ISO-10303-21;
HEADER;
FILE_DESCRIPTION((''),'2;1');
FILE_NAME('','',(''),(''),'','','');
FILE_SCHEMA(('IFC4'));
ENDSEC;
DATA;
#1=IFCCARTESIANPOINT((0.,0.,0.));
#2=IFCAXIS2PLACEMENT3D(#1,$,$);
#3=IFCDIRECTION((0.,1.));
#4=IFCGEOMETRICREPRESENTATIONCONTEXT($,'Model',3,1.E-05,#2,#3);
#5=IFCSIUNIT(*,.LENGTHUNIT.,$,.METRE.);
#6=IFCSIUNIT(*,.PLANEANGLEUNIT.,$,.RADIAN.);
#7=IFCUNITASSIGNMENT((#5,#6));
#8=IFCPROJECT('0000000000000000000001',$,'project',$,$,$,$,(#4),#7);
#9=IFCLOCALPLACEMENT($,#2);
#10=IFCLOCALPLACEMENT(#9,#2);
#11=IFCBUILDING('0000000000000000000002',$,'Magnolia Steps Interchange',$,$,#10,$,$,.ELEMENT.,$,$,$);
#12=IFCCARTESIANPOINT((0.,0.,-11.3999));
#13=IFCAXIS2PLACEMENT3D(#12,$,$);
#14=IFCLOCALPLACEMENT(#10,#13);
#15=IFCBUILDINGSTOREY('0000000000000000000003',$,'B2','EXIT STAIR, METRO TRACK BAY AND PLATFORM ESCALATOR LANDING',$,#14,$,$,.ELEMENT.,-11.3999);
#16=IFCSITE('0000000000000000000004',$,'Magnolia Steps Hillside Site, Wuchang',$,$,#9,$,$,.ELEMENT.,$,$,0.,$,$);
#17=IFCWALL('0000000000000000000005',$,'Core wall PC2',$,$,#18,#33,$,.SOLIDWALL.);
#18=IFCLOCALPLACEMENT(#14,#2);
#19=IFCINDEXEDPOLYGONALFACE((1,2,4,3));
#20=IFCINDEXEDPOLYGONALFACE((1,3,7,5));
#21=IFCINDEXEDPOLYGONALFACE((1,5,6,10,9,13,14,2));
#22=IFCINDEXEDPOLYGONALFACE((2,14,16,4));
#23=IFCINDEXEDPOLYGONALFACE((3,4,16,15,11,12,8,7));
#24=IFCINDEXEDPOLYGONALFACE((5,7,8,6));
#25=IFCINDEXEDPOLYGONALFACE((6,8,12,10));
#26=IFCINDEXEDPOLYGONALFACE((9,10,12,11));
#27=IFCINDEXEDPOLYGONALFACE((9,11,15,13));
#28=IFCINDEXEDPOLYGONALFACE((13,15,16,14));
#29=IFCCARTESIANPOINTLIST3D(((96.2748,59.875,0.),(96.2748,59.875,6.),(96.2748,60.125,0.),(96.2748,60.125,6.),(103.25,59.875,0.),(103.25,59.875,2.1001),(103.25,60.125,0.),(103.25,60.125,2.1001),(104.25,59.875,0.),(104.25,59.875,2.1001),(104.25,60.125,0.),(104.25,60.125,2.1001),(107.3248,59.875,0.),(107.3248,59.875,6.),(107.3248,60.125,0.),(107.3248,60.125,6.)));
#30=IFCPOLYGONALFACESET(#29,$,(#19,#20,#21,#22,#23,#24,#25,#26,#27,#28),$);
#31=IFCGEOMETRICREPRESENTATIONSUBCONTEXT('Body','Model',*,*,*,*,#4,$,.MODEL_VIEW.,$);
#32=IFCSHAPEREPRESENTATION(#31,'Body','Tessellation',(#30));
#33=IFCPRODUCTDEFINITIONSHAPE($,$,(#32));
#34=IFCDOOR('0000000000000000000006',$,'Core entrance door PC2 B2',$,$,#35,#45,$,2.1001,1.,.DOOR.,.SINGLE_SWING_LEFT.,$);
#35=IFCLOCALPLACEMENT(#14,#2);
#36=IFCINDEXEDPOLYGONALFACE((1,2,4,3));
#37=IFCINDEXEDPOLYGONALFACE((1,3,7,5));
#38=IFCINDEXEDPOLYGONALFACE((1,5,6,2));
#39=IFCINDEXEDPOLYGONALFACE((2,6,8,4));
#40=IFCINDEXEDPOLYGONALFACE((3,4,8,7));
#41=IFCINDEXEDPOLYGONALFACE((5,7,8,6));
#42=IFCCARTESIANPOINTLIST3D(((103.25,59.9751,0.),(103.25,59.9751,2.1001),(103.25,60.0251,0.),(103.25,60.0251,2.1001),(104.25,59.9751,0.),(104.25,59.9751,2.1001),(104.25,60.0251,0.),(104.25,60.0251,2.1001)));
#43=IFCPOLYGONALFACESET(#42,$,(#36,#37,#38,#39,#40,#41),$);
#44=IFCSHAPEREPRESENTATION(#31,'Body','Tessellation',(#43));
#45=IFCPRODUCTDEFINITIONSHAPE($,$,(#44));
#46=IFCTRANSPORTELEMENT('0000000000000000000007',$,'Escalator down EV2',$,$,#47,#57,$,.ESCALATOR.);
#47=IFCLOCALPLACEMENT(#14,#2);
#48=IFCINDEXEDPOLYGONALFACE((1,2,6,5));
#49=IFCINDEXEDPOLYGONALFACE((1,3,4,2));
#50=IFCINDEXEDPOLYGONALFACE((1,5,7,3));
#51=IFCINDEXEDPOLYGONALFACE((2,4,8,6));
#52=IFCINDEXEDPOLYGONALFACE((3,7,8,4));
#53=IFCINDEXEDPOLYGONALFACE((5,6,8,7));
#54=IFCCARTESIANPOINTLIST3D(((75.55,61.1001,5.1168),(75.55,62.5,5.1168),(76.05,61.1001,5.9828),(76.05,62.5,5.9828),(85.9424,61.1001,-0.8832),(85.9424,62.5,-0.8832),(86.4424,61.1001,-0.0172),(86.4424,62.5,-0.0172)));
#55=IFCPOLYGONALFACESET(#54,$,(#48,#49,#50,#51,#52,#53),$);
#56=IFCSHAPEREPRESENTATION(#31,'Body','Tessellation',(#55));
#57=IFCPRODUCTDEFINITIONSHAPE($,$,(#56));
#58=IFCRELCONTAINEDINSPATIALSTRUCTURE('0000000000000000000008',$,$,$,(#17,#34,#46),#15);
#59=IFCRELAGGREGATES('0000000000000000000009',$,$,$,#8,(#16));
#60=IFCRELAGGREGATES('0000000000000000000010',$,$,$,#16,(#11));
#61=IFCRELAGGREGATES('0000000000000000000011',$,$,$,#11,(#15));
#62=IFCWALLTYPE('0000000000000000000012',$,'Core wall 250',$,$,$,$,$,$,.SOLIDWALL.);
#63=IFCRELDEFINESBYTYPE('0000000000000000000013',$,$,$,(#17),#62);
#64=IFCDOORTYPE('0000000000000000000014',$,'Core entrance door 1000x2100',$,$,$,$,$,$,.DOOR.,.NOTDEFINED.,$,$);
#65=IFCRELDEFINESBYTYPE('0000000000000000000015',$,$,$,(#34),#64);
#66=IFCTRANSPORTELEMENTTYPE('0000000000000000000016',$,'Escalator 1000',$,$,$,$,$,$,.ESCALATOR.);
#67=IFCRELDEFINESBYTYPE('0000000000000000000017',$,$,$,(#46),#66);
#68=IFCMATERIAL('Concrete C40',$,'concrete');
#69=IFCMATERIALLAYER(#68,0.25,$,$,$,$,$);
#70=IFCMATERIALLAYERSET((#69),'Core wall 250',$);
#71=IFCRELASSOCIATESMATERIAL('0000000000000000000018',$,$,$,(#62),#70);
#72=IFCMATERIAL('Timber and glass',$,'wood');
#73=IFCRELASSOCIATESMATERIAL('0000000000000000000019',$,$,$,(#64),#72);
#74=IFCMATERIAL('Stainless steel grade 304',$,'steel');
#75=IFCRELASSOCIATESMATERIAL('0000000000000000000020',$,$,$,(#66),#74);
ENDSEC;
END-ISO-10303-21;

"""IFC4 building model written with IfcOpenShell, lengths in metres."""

from ifc_helpers import new_model, si_unit, direction, frame, frame_2d, origin, origin_2d, place, context, subcontext, project, spatial, rectangle, extrude, material, layer, layer_set, material_profile, profile_set, type_object, element, fill, save


model = new_model("IFC4")

# Units and contexts
model_context = context("Model", 3, precision=1e-05, world=origin(), true_north=direction((0.0, 1.0)))
body_context = subcontext(model_context, "Body", "Model", "MODEL_VIEW")
ifc_project = project(units=[si_unit("LENGTHUNIT", "METRE"), si_unit("PLANEANGLEUNIT", "RADIAN")], contexts=[model_context])

# Site, building, storey
site_placement = place(None, origin())
site = spatial("IfcSite", under=ifc_project, at=site_placement, Name="Magnolia Steps Hillside Site, Wuchang", CompositionType="ELEMENT", RefElevation=0.0)
building_placement = place(site_placement, origin())
building = spatial("IfcBuilding", under=site, at=building_placement, Name="Magnolia Steps Interchange", CompositionType="ELEMENT")
storey_placement = place(building_placement, frame((0.0, 0.0, -11.3999)))
storey = spatial("IfcBuildingStorey", under=building, at=storey_placement, Name="B2", Description="EXIT STAIR, METRO TRACK BAY AND PLATFORM ESCALATOR LANDING", CompositionType="ELEMENT", Elevation=-11.3999)

# Wall, opening, door
ifc_material_1 = material(Name="Concrete C40", Category="concrete")
ifc_layer = layer(ifc_material_1, 0.25)
ifc_layer_set = layer_set([ifc_layer], Name="Core wall 250")
wall_type = type_object("IfcWallType", Name="Core wall 250", PredefinedType="SOLIDWALL", material=ifc_layer_set)
wall_placement = place(storey_placement, frame((96.2749, 60.0, 0.0), z_axis=(0.0, 0.0, 1.0), x_axis=(1.0, 0.0, 0.0)))
wall = element("IfcWall", 1, at=wall_placement, inside=storey, type_object=wall_type, Name="Core wall PC2", PredefinedType="SOLIDWALL", context=body_context, shape_type="SweptSolid", body=[
    extrude(rectangle(XDim=11.05, YDim=0.25, at=frame_2d((5.5249, 0.0))), origin(), (0.0, 0.0, 1.0), 6.0),
])
opening_placement = place(wall_placement, frame((6.9751, 0.0, 0.0)))
opening = element("IfcOpeningElement", 2, at=opening_placement, cuts=wall, PredefinedType="OPENING", context=body_context, shape_type="SweptSolid", body=[
    extrude(rectangle(XDim=1.0, YDim=2.1001, at=frame_2d((0.5, 1.05))), frame((0.0, 0.135, 0.0), z_axis=(0.0, -1.0, 0.0), x_axis=(1.0, 0.0, 0.0)), (0.0, 0.0, 1.0), 0.27),
])
ifc_material_2 = material(Name="Timber and glass", Category="wood")
door_type = type_object("IfcDoorType", Name="Core entrance door 1000x2100", OperationType="NOTDEFINED", PredefinedType="DOOR", material=ifc_material_2)
door_placement = place(opening_placement, frame((1.0, 0.0, 0.0), z_axis=(0.0, 0.0, 1.0), x_axis=(-1.0, 0.0, 0.0)))
door = element("IfcDoor", 3, at=door_placement, inside=storey, type_object=door_type, Name="Core entrance door PC2 B2", OperationType="SINGLE_SWING_LEFT", OverallHeight=2.1001, OverallWidth=1.0, PredefinedType="DOOR", context=body_context, shape_type="SweptSolid", body=[
    extrude(rectangle(XDim=1.0, YDim=2.1001, at=frame_2d((0.5, 1.05))), frame((0.0, 0.0249, 0.0), z_axis=(0.0, -1.0, 0.0), x_axis=(1.0, 0.0, 0.0)), (0.0, 0.0, 1.0), 0.05),
])
fill(opening, door)

# Transport element
ifc_material_3 = material(Name="Stainless steel grade 304", Category="steel")
ifc_material_profile_1 = material_profile(ifc_material_3, rectangle(XDim=1.3999, YDim=1.0, at=origin_2d()), Name="Escalator 1000")
ifc_profile_set_1 = profile_set([ifc_material_profile_1], Name="Stainless steel grade 304")
transport_element_type = type_object("IfcTransportElementType", Name="Escalator 1000", PredefinedType="ESCALATOR", material=ifc_profile_set_1)
transport_element_placement = place(storey_placement, frame((75.8, 61.8, 5.5498), z_axis=(0.866026, 0.0, -0.499999), x_axis=(0.0, 1.0, 0.0)))
element("IfcTransportElement", 4, at=transport_element_placement, inside=storey, type_object=transport_element_type, Name="Escalator down EV2", PredefinedType="ESCALATOR", context=body_context, shape_type="SweptSolid", body=[
    extrude(rectangle(XDim=1.3999, YDim=1.0, at=origin_2d()), origin(), (0.0, 0.0, 1.0), 12.0),
])

save(model, "model.ifc")
